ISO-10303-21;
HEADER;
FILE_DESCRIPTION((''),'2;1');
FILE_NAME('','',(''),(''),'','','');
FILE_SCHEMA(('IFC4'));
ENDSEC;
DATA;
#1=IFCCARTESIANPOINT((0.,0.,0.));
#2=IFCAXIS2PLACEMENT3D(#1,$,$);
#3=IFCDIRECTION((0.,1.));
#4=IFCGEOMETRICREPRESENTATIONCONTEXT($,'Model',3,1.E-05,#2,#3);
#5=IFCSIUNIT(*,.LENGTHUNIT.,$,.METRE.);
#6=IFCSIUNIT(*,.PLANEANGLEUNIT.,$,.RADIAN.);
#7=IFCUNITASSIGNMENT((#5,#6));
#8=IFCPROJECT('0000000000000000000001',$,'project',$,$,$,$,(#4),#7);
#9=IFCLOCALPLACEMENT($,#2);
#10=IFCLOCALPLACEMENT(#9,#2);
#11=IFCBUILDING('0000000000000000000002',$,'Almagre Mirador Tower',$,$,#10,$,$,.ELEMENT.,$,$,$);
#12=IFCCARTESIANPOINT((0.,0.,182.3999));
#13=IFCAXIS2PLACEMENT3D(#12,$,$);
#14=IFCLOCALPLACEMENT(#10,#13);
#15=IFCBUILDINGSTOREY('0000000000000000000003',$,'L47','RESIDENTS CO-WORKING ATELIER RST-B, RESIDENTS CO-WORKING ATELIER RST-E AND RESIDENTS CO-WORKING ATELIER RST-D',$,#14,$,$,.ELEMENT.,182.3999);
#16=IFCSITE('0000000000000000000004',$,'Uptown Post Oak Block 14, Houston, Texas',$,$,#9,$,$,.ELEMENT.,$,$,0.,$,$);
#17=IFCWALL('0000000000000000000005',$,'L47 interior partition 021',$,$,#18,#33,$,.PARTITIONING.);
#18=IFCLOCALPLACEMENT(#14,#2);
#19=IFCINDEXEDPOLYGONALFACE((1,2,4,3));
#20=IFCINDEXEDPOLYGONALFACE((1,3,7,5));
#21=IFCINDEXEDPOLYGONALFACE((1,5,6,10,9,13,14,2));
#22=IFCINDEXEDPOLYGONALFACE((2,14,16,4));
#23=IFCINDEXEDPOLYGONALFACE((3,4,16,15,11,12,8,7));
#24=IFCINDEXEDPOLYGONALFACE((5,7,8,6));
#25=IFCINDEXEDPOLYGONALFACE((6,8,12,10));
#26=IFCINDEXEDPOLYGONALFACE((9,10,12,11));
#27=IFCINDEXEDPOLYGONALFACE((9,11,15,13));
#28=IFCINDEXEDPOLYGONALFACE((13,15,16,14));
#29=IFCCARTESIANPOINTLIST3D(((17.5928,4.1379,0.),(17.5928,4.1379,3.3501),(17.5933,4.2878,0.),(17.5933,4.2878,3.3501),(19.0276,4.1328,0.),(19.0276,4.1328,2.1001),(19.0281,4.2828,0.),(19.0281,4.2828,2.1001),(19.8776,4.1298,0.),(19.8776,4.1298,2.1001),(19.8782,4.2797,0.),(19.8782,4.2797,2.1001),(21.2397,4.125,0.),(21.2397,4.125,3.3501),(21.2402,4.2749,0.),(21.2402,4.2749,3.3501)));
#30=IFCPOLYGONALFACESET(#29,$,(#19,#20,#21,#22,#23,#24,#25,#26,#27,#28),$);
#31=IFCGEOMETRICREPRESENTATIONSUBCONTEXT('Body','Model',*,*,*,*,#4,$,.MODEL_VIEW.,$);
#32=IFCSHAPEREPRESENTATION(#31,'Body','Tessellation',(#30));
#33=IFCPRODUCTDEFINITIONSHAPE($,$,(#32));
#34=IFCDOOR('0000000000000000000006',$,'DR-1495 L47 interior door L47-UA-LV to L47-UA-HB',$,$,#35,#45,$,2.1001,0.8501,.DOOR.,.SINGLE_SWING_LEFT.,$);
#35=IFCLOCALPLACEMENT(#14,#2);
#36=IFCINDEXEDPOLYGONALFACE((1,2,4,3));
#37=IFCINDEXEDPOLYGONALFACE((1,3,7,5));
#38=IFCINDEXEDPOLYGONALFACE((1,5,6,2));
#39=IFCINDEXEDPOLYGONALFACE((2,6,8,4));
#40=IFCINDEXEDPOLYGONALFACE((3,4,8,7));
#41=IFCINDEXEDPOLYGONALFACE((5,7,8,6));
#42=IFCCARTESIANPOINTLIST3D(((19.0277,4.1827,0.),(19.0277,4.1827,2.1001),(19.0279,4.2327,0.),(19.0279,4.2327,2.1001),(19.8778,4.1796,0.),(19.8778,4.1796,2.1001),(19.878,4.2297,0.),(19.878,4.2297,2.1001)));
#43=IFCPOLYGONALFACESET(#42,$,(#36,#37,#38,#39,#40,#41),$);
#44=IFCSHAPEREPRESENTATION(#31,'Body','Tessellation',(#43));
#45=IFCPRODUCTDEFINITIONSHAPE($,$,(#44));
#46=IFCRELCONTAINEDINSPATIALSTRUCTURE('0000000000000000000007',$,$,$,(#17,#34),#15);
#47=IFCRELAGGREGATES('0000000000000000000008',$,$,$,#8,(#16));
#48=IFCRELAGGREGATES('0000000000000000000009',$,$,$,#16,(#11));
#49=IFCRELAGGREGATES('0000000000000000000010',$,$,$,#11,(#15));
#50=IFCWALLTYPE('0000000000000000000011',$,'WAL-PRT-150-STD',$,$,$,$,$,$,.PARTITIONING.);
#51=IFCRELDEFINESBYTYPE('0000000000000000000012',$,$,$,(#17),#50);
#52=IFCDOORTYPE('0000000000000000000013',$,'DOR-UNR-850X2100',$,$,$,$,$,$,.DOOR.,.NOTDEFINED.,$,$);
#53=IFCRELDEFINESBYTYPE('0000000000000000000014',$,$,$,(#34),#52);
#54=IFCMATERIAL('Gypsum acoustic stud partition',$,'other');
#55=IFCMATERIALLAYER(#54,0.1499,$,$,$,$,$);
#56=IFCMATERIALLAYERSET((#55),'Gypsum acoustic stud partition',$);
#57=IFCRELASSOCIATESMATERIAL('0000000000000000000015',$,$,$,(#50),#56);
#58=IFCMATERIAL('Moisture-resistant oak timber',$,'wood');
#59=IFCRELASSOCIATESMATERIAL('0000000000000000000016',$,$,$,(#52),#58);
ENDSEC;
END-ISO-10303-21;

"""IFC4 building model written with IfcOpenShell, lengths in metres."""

from ifc_helpers import new_model, si_unit, direction, frame, frame_2d, origin, place, context, subcontext, project, spatial, rectangle, extrude, material, layer, layer_set, type_object, element, fill, save


model = new_model("IFC4")

# Units and contexts
model_context = context("Model", 3, precision=1e-05, world=origin(), true_north=direction((0.0, 1.0)))
body_context = subcontext(model_context, "Body", "Model", "MODEL_VIEW")
ifc_project = project(units=[si_unit("LENGTHUNIT", "METRE"), si_unit("PLANEANGLEUNIT", "RADIAN")], contexts=[model_context])

# Site, building, storey
site_placement = place(None, origin())
site = spatial("IfcSite", under=ifc_project, at=site_placement, Name="Uptown Post Oak Block 14, Houston, Texas", CompositionType="ELEMENT", RefElevation=0.0)
building_placement = place(site_placement, origin())
building = spatial("IfcBuilding", under=site, at=building_placement, Name="Almagre Mirador Tower", CompositionType="ELEMENT")
storey_placement = place(building_placement, frame((0.0, 0.0, 182.3999)))
storey = spatial("IfcBuildingStorey", under=building, at=storey_placement, Name="L47", Description="RESIDENTS CO-WORKING ATELIER RST-B, RESIDENTS CO-WORKING ATELIER RST-E AND RESIDENTS CO-WORKING ATELIER RST-D", CompositionType="ELEMENT", Elevation=182.3999)

# Wall, opening, door
ifc_material_1 = material(Name="Gypsum acoustic stud partition", Category="other")
ifc_layer_1 = layer(ifc_material_1, 0.1499)
ifc_layer_set_1 = layer_set([ifc_layer_1], Name="Gypsum acoustic stud partition")
wall_type_1 = type_object("IfcWallType", Name="WAL-PRT-150-STD", PredefinedType="PARTITIONING", material=ifc_layer_set_1)
wall_1_placement = place(storey_placement, frame((17.593, 4.2129, 0.0), z_axis=(0.0, 0.0, 1.0), x_axis=(0.999994, -0.003548, 0.0)))
wall_1 = element("IfcWall", 1, at=wall_1_placement, inside=storey, type_object=wall_type_1, Name="L47 interior partition 021", PredefinedType="PARTITIONING", context=body_context, shape_type="SweptSolid", body=[
    extrude(rectangle(XDim=3.647, YDim=0.1499, at=frame_2d((1.8235, 0.0))), origin(), (0.0, 0.0, 1.0), 3.3501),
])
opening_1_placement = place(wall_1_placement, frame((1.4348, 0.0, 0.0)))
opening_1 = element("IfcOpeningElement", 2, at=opening_1_placement, cuts=wall_1, PredefinedType="OPENING", context=body_context, shape_type="SweptSolid", body=[
    extrude(rectangle(XDim=0.8501, YDim=2.1001, at=frame_2d((0.425, 1.05))), frame((0.0, 0.085, 0.0), z_axis=(0.0, -1.0, 0.0), x_axis=(1.0, 0.0, 0.0)), (0.0, 0.0, 1.0), 0.1699),
])
ifc_material_2 = material(Name="Moisture-resistant oak timber", Category="wood")
door_type = type_object("IfcDoorType", Name="DOR-UNR-850X2100", OperationType="NOTDEFINED", PredefinedType="DOOR", material=ifc_material_2)
door_placement = place(opening_1_placement, origin())
door = element("IfcDoor", 3, at=door_placement, inside=storey, type_object=door_type, Name="DR-1495 L47 interior door L47-UA-LV to L47-UA-HB", OperationType="SINGLE_SWING_LEFT", OverallHeight=2.1001, OverallWidth=0.8501, PredefinedType="DOOR", context=body_context, shape_type="SweptSolid", body=[
    extrude(rectangle(XDim=0.8501, YDim=2.1001, at=frame_2d((0.425, 1.05))), frame((0.0, 0.0249, 0.0), z_axis=(0.0, -1.0, 0.0), x_axis=(1.0, 0.0, 0.0)), (0.0, 0.0, 1.0), 0.05),
])
fill(opening_1, door)

save(model, "model.ifc")
